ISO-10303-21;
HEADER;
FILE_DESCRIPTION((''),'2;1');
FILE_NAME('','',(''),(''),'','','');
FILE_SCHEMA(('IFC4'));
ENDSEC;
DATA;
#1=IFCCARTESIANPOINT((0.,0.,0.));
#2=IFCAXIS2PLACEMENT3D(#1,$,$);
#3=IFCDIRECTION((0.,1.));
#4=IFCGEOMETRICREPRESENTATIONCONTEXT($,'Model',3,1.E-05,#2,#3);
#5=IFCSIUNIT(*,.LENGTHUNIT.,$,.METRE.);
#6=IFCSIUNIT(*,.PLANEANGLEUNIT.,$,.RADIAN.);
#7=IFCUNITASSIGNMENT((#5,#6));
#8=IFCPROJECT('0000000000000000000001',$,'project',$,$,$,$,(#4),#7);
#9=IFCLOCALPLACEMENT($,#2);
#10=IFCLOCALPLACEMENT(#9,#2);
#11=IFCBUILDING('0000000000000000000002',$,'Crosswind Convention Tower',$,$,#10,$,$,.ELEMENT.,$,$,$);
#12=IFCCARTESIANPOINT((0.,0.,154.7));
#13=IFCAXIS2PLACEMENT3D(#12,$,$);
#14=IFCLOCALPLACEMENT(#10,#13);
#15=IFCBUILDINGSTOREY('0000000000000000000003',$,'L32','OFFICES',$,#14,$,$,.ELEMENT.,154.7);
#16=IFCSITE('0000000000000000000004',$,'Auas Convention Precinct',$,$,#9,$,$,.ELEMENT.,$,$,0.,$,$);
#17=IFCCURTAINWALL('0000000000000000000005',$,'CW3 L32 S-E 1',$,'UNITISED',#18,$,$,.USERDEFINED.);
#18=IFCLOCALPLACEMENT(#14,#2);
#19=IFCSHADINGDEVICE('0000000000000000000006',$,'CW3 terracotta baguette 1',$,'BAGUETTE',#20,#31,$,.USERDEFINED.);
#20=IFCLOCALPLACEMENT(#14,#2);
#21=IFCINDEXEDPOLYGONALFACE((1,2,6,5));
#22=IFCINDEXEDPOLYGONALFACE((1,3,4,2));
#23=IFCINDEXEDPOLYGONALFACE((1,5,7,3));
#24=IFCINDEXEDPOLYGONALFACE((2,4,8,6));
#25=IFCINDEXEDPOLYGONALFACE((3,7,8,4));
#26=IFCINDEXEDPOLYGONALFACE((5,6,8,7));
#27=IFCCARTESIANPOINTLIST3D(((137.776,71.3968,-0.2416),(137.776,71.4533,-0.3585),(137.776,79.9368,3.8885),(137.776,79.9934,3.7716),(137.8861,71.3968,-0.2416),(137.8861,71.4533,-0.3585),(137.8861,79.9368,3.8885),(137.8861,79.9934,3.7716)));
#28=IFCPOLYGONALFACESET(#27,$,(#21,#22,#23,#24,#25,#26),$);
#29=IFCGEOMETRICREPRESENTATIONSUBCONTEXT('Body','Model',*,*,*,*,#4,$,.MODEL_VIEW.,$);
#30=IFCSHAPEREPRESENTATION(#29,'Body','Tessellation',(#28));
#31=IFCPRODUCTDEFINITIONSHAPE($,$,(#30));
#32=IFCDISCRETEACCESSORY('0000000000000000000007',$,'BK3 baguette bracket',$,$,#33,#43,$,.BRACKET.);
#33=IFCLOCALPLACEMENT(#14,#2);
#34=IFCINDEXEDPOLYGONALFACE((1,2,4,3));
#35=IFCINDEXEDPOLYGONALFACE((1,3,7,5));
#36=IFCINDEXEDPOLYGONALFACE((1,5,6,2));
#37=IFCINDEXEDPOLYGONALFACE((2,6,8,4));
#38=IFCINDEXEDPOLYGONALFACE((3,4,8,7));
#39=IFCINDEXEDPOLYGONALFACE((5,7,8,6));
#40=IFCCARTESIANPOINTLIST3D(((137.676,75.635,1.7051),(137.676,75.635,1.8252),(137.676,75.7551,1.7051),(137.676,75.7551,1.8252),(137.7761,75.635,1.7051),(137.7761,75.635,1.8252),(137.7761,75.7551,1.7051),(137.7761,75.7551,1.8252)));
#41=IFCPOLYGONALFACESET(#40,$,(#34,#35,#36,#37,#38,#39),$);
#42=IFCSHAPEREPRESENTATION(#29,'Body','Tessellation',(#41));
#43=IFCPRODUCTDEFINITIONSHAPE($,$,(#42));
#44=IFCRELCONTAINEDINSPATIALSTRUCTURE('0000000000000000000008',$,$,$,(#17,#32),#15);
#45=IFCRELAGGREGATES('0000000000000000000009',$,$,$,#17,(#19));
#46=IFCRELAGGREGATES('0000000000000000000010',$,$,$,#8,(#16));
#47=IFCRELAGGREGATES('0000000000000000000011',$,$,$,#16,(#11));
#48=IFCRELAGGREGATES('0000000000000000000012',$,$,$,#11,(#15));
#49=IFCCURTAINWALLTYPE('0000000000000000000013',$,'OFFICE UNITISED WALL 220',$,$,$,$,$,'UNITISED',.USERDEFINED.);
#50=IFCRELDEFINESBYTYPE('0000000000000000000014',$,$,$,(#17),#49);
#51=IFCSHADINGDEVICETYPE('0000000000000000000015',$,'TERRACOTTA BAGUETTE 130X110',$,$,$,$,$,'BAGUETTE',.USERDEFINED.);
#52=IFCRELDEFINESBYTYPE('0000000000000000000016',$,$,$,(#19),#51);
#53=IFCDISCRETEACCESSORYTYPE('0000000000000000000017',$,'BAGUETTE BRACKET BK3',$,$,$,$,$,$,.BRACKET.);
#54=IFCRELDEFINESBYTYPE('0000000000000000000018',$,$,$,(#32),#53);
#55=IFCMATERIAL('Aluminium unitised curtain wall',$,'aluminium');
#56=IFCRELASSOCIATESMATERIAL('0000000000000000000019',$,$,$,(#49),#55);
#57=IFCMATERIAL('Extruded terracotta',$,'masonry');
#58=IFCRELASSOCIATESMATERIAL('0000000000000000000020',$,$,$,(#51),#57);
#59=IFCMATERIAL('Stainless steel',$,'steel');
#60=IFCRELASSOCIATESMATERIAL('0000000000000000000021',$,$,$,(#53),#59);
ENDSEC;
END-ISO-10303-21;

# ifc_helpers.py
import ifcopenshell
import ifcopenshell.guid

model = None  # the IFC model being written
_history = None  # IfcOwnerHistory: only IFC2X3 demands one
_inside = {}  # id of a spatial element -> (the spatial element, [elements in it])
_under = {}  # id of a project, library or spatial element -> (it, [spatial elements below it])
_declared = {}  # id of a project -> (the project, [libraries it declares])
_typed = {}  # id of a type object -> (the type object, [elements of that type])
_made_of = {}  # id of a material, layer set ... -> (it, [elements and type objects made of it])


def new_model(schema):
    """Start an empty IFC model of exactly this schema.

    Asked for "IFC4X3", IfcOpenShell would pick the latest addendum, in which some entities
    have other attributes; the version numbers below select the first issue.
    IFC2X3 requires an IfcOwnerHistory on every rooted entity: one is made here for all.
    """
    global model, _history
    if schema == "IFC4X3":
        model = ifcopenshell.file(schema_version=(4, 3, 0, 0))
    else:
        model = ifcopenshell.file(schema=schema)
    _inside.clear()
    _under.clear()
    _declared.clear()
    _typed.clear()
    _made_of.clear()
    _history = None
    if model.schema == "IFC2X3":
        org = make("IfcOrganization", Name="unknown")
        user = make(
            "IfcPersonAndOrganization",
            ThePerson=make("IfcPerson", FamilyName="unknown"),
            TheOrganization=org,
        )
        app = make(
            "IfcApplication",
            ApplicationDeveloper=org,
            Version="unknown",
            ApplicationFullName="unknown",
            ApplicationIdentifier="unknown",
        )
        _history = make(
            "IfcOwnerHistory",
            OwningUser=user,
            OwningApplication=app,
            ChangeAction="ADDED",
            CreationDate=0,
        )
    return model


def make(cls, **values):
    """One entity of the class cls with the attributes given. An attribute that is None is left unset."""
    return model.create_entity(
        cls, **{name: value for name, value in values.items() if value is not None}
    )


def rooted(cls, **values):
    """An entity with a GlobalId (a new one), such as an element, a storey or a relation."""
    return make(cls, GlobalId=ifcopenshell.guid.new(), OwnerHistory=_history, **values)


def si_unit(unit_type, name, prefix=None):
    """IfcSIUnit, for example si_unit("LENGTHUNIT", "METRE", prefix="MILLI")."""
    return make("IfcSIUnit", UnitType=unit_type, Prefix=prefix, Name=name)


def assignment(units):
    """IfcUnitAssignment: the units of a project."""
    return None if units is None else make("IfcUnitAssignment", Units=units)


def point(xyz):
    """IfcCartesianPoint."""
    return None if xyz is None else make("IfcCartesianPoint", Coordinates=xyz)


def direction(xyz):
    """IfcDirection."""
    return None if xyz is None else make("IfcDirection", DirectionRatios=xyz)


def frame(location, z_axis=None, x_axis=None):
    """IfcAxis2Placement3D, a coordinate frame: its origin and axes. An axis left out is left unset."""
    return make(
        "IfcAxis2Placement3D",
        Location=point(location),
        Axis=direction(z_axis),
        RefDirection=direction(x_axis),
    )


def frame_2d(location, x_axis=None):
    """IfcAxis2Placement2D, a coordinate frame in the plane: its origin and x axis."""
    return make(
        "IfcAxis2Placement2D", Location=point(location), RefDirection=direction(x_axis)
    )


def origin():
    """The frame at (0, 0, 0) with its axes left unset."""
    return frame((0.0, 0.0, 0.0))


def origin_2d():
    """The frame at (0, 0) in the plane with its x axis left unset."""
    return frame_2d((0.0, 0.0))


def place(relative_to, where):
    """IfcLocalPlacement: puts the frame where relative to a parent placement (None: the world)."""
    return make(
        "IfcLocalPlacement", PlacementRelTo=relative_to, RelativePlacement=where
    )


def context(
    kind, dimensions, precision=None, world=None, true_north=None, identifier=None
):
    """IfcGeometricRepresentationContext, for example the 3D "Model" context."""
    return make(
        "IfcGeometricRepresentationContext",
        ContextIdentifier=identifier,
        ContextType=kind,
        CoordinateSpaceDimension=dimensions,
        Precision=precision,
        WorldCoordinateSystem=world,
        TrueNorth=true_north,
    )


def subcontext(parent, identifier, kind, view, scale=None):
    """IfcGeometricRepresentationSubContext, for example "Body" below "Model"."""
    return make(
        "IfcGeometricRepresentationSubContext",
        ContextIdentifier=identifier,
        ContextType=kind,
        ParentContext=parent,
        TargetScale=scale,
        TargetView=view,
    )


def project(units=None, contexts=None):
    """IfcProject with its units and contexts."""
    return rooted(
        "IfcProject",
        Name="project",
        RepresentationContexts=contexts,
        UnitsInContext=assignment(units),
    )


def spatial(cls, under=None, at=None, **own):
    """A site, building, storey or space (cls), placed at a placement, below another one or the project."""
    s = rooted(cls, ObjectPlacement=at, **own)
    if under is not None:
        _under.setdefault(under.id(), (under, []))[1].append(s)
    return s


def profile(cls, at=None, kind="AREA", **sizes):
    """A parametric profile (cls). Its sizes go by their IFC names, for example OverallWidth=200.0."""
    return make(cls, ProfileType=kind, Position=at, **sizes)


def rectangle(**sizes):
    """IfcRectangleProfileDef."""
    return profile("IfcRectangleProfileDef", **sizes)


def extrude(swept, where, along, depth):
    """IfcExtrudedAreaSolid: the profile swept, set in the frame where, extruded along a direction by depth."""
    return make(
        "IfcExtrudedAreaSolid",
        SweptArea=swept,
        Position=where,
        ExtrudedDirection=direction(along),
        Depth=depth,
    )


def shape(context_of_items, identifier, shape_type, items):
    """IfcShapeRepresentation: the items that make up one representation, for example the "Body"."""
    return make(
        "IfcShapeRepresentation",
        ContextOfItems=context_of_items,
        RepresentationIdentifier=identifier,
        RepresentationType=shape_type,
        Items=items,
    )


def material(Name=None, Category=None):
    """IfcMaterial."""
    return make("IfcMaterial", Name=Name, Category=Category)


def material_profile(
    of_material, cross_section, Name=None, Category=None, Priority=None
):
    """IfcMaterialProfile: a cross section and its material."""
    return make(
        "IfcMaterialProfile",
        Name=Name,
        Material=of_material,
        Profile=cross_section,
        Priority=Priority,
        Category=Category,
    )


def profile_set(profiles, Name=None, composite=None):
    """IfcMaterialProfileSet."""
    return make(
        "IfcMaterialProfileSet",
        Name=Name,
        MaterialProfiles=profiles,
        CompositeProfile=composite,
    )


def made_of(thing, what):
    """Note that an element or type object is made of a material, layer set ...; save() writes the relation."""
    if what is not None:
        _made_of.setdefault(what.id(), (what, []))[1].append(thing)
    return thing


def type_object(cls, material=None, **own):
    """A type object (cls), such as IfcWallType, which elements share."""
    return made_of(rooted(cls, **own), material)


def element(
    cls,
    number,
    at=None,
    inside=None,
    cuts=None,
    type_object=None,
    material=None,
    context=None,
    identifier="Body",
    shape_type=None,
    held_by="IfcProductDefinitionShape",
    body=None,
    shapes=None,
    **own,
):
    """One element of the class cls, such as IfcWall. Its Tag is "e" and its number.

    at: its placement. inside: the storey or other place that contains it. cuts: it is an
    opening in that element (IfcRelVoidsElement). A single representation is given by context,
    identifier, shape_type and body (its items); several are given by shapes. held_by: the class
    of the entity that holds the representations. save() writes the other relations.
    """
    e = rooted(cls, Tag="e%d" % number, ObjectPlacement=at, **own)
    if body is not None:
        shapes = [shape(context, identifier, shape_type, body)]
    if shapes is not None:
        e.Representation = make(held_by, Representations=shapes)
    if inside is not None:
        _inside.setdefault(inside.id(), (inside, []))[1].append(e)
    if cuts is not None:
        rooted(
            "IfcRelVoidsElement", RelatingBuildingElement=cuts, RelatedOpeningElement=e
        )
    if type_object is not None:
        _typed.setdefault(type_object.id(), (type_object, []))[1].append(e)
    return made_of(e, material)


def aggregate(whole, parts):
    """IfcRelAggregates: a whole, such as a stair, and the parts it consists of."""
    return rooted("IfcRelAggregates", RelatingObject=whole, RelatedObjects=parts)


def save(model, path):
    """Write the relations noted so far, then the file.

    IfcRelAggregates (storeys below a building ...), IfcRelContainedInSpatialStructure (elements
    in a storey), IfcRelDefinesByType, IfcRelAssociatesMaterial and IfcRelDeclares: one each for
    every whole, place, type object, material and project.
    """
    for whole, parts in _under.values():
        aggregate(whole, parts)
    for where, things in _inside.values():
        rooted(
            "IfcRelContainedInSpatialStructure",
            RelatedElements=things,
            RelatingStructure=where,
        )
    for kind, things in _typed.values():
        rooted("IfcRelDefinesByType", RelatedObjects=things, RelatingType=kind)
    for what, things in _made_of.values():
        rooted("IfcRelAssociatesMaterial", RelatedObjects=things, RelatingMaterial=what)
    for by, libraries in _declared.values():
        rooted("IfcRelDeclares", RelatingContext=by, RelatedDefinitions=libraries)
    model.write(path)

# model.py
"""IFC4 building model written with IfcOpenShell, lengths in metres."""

from ifc_helpers import new_model, si_unit, direction, frame, origin, origin_2d, place, context, subcontext, project, spatial, rectangle, extrude, material, material_profile, profile_set, type_object, element, aggregate, save


model = new_model("IFC4")

# Units and contexts
model_context = context("Model", 3, precision=1e-05, world=origin(), true_north=direction((0.0, 1.0)))
body_context = subcontext(model_context, "Body", "Model", "MODEL_VIEW")
ifc_project = project(units=[si_unit("LENGTHUNIT", "METRE"), si_unit("PLANEANGLEUNIT", "RADIAN")], contexts=[model_context])

# Site, building, storey
site_placement = place(None, origin())
site = spatial("IfcSite", under=ifc_project, at=site_placement, Name="Auas Convention Precinct", CompositionType="ELEMENT", RefElevation=0.0)
building_placement = place(site_placement, origin())
building = spatial("IfcBuilding", under=site, at=building_placement, Name="Crosswind Convention Tower", CompositionType="ELEMENT")
storey_placement = place(building_placement, frame((0.0, 0.0, 154.7)))
storey = spatial("IfcBuildingStorey", under=building, at=storey_placement, Name="L32", Description="OFFICES", CompositionType="ELEMENT", Elevation=154.7)

# Shared definitions
ifc_material_1 = material(Name="Aluminium unitised curtain wall", Category="aluminium")

# Curtain wall
curtain_wall_type_1 = type_object("IfcCurtainWallType", Name="OFFICE UNITISED WALL 220", ElementType="UNITISED", PredefinedType="USERDEFINED", material=ifc_material_1)
curtain_wall_1_placement = place(storey_placement, origin())
curtain_wall_1 = element("IfcCurtainWall", 1, at=curtain_wall_1_placement, inside=storey, type_object=curtain_wall_type_1, Name="CW3 L32 S-E 1", ObjectType="UNITISED", PredefinedType="USERDEFINED")

# Shading device
ifc_material_2 = material(Name="Extruded terracotta", Category="masonry")
ifc_material_profile_1 = material_profile(ifc_material_2, rectangle(XDim=0.1101, YDim=0.1299, at=origin_2d()), Name="TC 110X130")
ifc_profile_set_1 = profile_set([ifc_material_profile_1], Name="Extruded terracotta")
shading_device_type = type_object("IfcShadingDeviceType", Name="TERRACOTTA BAGUETTE 130X110", ElementType="BAGUETTE", PredefinedType="USERDEFINED", material=ifc_profile_set_1)
shading_device_1_placement = place(storey_placement, frame((137.8311, 71.425, -0.3), z_axis=(0.0, 0.900248, 0.435377), x_axis=(-1.0, 0.0, 0.0)))
shading_device_1 = element("IfcShadingDevice", 2, at=shading_device_1_placement, type_object=shading_device_type, Name="CW3 terracotta baguette 1", ObjectType="BAGUETTE", PredefinedType="USERDEFINED", context=body_context, shape_type="SweptSolid", body=[
    extrude(rectangle(XDim=0.1101, YDim=0.1299, at=origin_2d()), origin(), (0.0, 0.0, 1.0), 9.4863),
])
aggregate(curtain_wall_1, [shading_device_1])

# Discrete accessory
ifc_material_3 = material(Name="Stainless steel", Category="steel")
discrete_accessory_type = type_object("IfcDiscreteAccessoryType", Name="BAGUETTE BRACKET BK3", PredefinedType="BRACKET", material=ifc_material_3)
discrete_accessory_placement = place(storey_placement, frame((137.7261, 75.6951, 1.7051), z_axis=(0.0, 0.0, 1.0), x_axis=(0.0, 1.0, 0.0)))
element("IfcDiscreteAccessory", 3, at=discrete_accessory_placement, inside=storey, type_object=discrete_accessory_type, Name="BK3 baguette bracket", PredefinedType="BRACKET", context=body_context, shape_type="SweptSolid", body=[
    extrude(rectangle(XDim=0.1201, YDim=0.1001, at=origin_2d()), origin(), (0.0, 0.0, 1.0), 0.1201),
])

save(model, "model.ifc")
